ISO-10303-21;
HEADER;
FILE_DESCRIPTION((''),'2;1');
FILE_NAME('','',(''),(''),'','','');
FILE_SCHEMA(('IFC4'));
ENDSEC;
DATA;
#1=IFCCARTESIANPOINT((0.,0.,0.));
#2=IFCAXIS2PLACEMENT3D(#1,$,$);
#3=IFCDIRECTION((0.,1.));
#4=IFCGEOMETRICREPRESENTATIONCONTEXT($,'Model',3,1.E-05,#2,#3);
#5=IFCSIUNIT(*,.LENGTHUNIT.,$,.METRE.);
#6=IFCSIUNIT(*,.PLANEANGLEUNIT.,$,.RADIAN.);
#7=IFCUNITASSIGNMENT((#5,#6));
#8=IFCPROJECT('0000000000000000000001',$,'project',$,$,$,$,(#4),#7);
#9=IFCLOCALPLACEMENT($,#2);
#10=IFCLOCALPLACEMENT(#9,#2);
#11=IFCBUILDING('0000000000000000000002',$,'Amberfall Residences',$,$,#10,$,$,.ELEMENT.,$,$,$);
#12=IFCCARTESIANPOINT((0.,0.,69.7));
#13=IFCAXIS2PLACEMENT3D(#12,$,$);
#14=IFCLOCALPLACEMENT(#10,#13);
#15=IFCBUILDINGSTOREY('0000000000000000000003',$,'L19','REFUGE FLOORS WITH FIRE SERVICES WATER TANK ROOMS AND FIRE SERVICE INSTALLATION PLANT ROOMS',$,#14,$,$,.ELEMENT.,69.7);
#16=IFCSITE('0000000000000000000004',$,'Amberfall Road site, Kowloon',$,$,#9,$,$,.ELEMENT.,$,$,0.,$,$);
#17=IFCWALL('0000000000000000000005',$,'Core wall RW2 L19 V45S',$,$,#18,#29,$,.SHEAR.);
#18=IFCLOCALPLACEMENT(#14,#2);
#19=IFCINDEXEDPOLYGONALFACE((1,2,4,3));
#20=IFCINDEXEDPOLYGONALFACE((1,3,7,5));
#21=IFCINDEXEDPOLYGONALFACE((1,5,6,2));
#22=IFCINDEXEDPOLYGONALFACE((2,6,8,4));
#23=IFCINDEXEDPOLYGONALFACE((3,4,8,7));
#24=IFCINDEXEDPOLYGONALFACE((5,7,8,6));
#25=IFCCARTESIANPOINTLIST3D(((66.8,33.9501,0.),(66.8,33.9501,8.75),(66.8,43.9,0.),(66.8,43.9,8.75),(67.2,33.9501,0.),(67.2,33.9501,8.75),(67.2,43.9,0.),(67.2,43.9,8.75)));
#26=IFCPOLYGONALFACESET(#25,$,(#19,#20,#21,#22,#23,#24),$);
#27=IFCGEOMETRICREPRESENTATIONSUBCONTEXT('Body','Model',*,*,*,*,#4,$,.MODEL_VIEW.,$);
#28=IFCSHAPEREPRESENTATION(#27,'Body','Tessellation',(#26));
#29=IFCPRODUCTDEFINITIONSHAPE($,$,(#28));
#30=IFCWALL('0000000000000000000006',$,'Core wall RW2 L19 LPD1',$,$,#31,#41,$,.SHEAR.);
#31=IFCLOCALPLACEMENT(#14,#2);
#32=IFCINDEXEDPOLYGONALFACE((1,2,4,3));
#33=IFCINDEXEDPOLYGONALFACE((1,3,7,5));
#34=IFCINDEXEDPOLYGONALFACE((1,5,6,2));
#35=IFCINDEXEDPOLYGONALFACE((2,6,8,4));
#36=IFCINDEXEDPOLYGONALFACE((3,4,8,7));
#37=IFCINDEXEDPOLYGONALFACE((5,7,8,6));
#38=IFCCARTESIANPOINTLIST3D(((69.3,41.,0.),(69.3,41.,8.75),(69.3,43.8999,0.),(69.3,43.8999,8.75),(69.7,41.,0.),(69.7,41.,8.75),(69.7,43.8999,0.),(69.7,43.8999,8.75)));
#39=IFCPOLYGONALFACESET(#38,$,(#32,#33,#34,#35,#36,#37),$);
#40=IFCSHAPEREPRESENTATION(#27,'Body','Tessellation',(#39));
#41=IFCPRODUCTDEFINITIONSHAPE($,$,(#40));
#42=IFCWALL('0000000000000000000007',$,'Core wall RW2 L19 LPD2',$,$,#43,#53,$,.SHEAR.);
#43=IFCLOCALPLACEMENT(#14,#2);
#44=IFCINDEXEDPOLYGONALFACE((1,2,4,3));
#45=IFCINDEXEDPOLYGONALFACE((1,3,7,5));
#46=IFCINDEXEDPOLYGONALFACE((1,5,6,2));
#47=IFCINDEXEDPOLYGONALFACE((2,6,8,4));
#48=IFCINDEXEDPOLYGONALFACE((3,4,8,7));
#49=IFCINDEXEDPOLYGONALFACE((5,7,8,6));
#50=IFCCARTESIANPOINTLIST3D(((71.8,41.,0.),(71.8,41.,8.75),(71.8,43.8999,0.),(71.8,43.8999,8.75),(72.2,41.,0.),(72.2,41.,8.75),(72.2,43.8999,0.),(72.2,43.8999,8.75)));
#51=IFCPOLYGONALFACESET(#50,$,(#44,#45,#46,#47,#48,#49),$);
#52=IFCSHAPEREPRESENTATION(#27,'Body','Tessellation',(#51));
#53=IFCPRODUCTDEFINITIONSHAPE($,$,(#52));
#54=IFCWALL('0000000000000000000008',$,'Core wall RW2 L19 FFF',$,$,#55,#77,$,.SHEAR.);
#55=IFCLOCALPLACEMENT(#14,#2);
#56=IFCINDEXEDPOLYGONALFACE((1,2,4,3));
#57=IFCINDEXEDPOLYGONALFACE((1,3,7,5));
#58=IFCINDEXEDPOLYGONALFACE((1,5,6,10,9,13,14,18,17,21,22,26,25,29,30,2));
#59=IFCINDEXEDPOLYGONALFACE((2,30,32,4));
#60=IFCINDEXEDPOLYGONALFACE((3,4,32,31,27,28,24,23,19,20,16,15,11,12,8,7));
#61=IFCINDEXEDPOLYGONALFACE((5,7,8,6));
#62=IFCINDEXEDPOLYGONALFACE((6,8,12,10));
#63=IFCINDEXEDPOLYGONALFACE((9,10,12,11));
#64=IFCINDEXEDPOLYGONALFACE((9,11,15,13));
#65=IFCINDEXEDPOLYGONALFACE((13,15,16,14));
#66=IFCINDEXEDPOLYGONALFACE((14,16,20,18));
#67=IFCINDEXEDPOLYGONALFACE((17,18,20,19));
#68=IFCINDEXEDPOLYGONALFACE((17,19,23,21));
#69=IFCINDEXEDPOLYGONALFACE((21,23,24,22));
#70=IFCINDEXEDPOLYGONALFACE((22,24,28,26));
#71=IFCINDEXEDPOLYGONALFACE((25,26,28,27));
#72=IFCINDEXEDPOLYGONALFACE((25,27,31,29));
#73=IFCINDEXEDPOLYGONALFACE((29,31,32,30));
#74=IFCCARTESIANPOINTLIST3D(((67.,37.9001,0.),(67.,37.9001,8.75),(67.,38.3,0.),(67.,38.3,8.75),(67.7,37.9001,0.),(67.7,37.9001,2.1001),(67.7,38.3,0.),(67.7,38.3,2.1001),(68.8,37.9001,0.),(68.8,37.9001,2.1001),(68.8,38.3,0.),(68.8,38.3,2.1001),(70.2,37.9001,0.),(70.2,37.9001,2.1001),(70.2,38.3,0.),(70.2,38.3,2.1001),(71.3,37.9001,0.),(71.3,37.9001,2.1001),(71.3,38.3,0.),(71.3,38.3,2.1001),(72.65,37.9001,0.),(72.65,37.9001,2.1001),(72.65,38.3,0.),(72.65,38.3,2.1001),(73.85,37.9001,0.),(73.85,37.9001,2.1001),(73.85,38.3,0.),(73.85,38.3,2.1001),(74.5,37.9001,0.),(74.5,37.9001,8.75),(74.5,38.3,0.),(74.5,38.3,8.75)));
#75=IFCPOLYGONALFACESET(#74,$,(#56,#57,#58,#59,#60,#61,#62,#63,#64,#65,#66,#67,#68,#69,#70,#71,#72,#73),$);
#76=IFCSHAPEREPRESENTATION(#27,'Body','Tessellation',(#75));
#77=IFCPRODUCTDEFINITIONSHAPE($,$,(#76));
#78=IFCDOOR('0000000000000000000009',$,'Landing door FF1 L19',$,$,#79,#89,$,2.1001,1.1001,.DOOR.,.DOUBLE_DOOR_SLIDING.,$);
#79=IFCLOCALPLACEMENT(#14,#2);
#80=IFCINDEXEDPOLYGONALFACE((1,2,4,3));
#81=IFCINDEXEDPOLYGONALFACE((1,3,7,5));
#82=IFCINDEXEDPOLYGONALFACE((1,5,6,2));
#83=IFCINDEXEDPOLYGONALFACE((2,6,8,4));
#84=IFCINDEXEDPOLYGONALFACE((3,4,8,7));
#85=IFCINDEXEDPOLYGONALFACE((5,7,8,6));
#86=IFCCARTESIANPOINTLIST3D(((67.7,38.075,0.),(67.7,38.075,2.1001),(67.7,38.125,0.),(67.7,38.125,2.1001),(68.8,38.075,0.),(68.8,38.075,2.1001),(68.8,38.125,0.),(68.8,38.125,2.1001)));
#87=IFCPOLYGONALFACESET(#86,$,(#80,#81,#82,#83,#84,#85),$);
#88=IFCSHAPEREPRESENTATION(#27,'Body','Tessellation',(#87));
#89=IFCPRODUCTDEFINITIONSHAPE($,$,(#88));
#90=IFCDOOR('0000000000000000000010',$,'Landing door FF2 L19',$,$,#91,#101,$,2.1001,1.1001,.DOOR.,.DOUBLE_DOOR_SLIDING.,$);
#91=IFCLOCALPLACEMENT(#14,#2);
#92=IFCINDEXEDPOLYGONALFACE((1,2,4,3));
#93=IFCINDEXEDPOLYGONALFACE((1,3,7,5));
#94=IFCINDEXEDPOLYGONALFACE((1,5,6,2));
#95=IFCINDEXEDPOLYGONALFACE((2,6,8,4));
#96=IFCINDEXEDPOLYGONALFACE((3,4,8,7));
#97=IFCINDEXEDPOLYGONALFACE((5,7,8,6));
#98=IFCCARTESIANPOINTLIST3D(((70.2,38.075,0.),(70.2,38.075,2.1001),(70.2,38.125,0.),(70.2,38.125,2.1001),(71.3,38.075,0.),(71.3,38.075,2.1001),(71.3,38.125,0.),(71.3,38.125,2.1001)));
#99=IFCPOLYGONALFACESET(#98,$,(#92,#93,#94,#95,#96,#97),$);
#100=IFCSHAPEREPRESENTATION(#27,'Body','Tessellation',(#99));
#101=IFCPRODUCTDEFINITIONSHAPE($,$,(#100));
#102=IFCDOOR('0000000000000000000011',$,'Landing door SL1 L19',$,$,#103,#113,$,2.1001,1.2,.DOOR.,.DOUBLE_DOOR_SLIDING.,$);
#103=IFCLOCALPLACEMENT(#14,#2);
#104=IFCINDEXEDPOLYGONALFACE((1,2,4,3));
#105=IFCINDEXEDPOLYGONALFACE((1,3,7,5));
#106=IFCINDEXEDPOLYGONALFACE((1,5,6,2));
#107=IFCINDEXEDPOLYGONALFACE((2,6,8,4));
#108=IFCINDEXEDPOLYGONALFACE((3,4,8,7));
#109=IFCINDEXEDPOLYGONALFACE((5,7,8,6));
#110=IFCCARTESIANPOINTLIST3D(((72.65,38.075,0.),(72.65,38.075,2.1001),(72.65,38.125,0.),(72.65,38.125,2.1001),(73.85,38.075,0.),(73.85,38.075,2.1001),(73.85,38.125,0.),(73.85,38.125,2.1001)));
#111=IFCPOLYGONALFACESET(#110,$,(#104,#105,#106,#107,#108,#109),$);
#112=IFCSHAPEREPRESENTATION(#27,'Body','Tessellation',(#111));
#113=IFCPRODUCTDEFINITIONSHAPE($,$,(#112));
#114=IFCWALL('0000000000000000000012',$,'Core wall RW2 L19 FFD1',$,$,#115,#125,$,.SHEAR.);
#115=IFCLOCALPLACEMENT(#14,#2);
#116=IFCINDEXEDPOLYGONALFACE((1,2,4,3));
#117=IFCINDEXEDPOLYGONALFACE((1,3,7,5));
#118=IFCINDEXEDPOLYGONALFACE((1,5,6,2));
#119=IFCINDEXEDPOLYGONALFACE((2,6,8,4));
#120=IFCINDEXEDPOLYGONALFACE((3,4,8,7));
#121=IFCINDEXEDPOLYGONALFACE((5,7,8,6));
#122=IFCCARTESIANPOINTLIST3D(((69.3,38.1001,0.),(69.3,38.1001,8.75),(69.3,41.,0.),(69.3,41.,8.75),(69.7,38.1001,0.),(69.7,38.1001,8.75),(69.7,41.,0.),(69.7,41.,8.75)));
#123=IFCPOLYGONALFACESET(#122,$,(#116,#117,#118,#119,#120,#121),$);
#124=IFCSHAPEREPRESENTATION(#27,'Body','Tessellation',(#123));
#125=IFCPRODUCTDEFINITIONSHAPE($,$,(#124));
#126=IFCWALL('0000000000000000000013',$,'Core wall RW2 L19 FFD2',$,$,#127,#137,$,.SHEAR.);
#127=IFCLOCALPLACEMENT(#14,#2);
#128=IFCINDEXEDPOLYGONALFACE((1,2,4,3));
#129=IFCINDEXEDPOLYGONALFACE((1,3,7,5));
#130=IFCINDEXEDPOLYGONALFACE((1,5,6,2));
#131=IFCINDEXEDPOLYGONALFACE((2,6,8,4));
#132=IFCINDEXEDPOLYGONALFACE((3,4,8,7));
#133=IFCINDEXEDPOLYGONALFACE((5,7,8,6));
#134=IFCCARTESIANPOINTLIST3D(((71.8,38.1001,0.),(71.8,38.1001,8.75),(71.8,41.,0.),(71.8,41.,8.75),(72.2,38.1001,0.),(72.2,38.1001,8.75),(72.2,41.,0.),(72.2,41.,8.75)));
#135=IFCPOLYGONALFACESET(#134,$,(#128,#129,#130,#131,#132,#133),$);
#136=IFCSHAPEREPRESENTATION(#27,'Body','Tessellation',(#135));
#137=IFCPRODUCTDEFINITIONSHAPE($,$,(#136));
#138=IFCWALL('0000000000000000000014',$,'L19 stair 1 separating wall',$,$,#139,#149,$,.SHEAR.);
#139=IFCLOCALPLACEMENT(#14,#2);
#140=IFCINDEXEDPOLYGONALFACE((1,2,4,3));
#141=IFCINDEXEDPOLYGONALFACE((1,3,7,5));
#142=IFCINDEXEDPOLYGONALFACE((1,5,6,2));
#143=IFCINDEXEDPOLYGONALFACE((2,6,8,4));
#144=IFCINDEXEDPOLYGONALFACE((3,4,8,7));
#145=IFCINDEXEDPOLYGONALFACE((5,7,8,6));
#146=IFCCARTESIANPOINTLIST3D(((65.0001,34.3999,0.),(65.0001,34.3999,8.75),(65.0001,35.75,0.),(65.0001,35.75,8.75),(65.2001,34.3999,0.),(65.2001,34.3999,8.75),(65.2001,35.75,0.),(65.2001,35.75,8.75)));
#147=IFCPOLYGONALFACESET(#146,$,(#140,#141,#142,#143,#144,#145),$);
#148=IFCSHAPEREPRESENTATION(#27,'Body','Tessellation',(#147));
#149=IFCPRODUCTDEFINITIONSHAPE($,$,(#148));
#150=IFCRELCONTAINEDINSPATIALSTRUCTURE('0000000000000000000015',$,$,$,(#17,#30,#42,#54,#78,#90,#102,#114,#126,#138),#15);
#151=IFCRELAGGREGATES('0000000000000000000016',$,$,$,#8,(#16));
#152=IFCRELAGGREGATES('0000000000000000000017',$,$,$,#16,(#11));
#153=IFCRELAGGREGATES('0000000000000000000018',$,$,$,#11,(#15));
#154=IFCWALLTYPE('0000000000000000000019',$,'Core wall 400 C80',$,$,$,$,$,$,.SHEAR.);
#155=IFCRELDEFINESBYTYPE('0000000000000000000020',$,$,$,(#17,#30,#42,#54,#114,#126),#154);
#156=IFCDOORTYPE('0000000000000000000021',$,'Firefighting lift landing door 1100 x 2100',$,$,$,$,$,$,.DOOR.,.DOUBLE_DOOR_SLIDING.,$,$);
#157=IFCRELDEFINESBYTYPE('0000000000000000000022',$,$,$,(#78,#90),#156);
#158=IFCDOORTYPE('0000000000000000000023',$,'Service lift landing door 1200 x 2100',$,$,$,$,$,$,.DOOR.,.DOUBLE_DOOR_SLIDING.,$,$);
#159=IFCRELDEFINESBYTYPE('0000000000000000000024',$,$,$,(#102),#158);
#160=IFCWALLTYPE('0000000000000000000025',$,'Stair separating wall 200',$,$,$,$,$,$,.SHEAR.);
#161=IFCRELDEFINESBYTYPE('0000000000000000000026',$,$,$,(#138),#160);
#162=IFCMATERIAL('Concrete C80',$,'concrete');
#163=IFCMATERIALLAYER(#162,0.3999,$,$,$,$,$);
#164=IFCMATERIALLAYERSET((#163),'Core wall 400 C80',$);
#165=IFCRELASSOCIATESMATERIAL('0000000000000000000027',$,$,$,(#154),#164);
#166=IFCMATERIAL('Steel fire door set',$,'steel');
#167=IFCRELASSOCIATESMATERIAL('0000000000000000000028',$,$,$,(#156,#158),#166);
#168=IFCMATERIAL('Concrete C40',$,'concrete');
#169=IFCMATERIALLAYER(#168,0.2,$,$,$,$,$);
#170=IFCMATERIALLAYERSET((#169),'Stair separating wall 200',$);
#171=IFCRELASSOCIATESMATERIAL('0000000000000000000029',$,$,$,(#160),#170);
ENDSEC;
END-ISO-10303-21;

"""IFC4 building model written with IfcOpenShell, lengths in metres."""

from ifc_helpers import new_model, si_unit, direction, frame, frame_2d, origin, place, context, subcontext, project, spatial, rectangle, extrude, material, layer, layer_set, type_object, element, fill, save


model = new_model("IFC4")

# Units and contexts
model_context = context("Model", 3, precision=1e-05, world=origin(), true_north=direction((0.0, 1.0)))
body_context = subcontext(model_context, "Body", "Model", "MODEL_VIEW")
ifc_project = project(units=[si_unit("LENGTHUNIT", "METRE"), si_unit("PLANEANGLEUNIT", "RADIAN")], contexts=[model_context])

# Site, building, storey
site_placement = place(None, origin())
site = spatial("IfcSite", under=ifc_project, at=site_placement, Name="Amberfall Road site, Kowloon", CompositionType="ELEMENT", RefElevation=0.0)
building_placement = place(site_placement, origin())
building = spatial("IfcBuilding", under=site, at=building_placement, Name="Amberfall Residences", CompositionType="ELEMENT")
storey_placement = place(building_placement, frame((0.0, 0.0, 69.7)))
storey = spatial("IfcBuildingStorey", under=building, at=storey_placement, Name="L19", Description="REFUGE FLOORS WITH FIRE SERVICES WATER TANK ROOMS AND FIRE SERVICE INSTALLATION PLANT ROOMS", CompositionType="ELEMENT", Elevation=69.7)

# Walls
ifc_material_1 = material(Name="Concrete C80", Category="concrete")
ifc_layer_1 = layer(ifc_material_1, 0.3999)
ifc_layer_set_1 = layer_set([ifc_layer_1], Name="Core wall 400 C80")
wall_type_1 = type_object("IfcWallType", Name="Core wall 400 C80", PredefinedType="SHEAR", material=ifc_layer_set_1)
wall_1_placement = place(storey_placement, frame((67.0, 33.95, 0.0), z_axis=(0.0, 0.0, 1.0), x_axis=(0.0, 1.0, 0.0)))
element("IfcWall", 1, at=wall_1_placement, inside=storey, type_object=wall_type_1, Name="Core wall RW2 L19 V45S", PredefinedType="SHEAR", context=body_context, shape_type="SweptSolid", body=[
    extrude(rectangle(XDim=9.95, YDim=0.3999, at=frame_2d((4.9751, 0.0))), origin(), (0.0, 0.0, 1.0), 8.75),
])
for number, where, z_axis, x_axis, name in (
    (2, (69.5, 41.0, 0.0), (0.0, 0.0, 1.0), (0.0, 1.0, 0.0), "Core wall RW2 L19 LPD1"),
    (3, (72.0, 41.0, 0.0), (0.0, 0.0, 1.0), (0.0, 1.0, 0.0), "Core wall RW2 L19 LPD2"),
):
    element("IfcWall", number, at=place(storey_placement, frame(where, z_axis=z_axis, x_axis=x_axis)), inside=storey, type_object=wall_type_1, Name=name, PredefinedType="SHEAR", context=body_context, shape_type="SweptSolid", body=[
        extrude(rectangle(XDim=2.8999, YDim=0.3999, at=frame_2d((1.45, 0.0))), origin(), (0.0, 0.0, 1.0), 8.75),
    ])

# Wall, openings, doors
wall_2_placement = place(storey_placement, frame((67.0, 38.1001, 0.0), z_axis=(0.0, 0.0, 1.0), x_axis=(1.0, 0.0, 0.0)))
wall_2 = element("IfcWall", 4, at=wall_2_placement, inside=storey, type_object=wall_type_1, Name="Core wall RW2 L19 FFF", PredefinedType="SHEAR", context=body_context, shape_type="SweptSolid", body=[
    extrude(rectangle(XDim=7.5, YDim=0.3999, at=frame_2d((3.75, 0.0))), origin(), (0.0, 0.0, 1.0), 8.75),
])
opening_1_placement = place(wall_2_placement, frame((0.7, 0.0, 0.0)))
opening_1 = element("IfcOpeningElement", 5, at=opening_1_placement, cuts=wall_2, PredefinedType="OPENING", context=body_context, shape_type="SweptSolid", body=[
    extrude(rectangle(XDim=1.1001, YDim=2.1001, at=frame_2d((0.55, 1.05))), frame((0.0, 0.21, 0.0), z_axis=(0.0, -1.0, 0.0), x_axis=(1.0, 0.0, 0.0)), (0.0, 0.0, 1.0), 0.4199),
])
opening_2_placement = place(wall_2_placement, frame((3.2, 0.0, 0.0)))
opening_2 = element("IfcOpeningElement", 6, at=opening_2_placement, cuts=wall_2, PredefinedType="OPENING", context=body_context, shape_type="SweptSolid", body=[
    extrude(rectangle(XDim=1.1001, YDim=2.1001, at=frame_2d((0.55, 1.05))), frame((0.0, 0.21, 0.0), z_axis=(0.0, -1.0, 0.0), x_axis=(1.0, 0.0, 0.0)), (0.0, 0.0, 1.0), 0.4199),
])
opening_3_placement = place(wall_2_placement, frame((5.6499, 0.0, 0.0)))
opening_3 = element("IfcOpeningElement", 7, at=opening_3_placement, cuts=wall_2, PredefinedType="OPENING", context=body_context, shape_type="SweptSolid", body=[
    extrude(rectangle(XDim=1.2, YDim=2.1001, at=frame_2d((0.6001, 1.05))), frame((0.0, 0.21, 0.0), z_axis=(0.0, -1.0, 0.0), x_axis=(1.0, 0.0, 0.0)), (0.0, 0.0, 1.0), 0.4199),
])
ifc_material_2 = material(Name="Steel fire door set", Category="steel")
door_type_1 = type_object("IfcDoorType", Name="Firefighting lift landing door 1100 x 2100", OperationType="DOUBLE_DOOR_SLIDING", PredefinedType="DOOR", material=ifc_material_2)
door_1_placement = place(opening_1_placement, origin())
door_1 = element("IfcDoor", 8, at=door_1_placement, inside=storey, type_object=door_type_1, Name="Landing door FF1 L19", OperationType="DOUBLE_DOOR_SLIDING", OverallHeight=2.1001, OverallWidth=1.1001, PredefinedType="DOOR", context=body_context, shape_type="SweptSolid", body=[
    extrude(rectangle(XDim=1.1001, YDim=2.1001, at=frame_2d((0.55, 1.05))), frame((0.0, 0.0249, 0.0), z_axis=(0.0, -1.0, 0.0), x_axis=(1.0, 0.0, 0.0)), (0.0, 0.0, 1.0), 0.05),
])
fill(opening_1, door_1)
door_2_placement = place(opening_2_placement, origin())
door_2 = element("IfcDoor", 9, at=door_2_placement, inside=storey, type_object=door_type_1, Name="Landing door FF2 L19", OperationType="DOUBLE_DOOR_SLIDING", OverallHeight=2.1001, OverallWidth=1.1001, PredefinedType="DOOR", context=body_context, shape_type="SweptSolid", body=[
    extrude(rectangle(XDim=1.1001, YDim=2.1001, at=frame_2d((0.55, 1.05))), frame((0.0, 0.0249, 0.0), z_axis=(0.0, -1.0, 0.0), x_axis=(1.0, 0.0, 0.0)), (0.0, 0.0, 1.0), 0.05),
])
fill(opening_2, door_2)
door_type_2 = type_object("IfcDoorType", Name="Service lift landing door 1200 x 2100", OperationType="DOUBLE_DOOR_SLIDING", PredefinedType="DOOR", material=ifc_material_2)
door_3_placement = place(opening_3_placement, origin())
door_3 = element("IfcDoor", 10, at=door_3_placement, inside=storey, type_object=door_type_2, Name="Landing door SL1 L19", OperationType="DOUBLE_DOOR_SLIDING", OverallHeight=2.1001, OverallWidth=1.2, PredefinedType="DOOR", context=body_context, shape_type="SweptSolid", body=[
    extrude(rectangle(XDim=1.2, YDim=2.1001, at=frame_2d((0.6001, 1.05))), frame((0.0, 0.0249, 0.0), z_axis=(0.0, -1.0, 0.0), x_axis=(1.0, 0.0, 0.0)), (0.0, 0.0, 1.0), 0.05),
])
fill(opening_3, door_3)

# Walls
for number, where, z_axis, x_axis, name in (
    (11, (69.5, 38.1001, 0.0), (0.0, 0.0, 1.0), (0.0, 1.0, 0.0), "Core wall RW2 L19 FFD1"),
    (12, (72.0, 38.1001, 0.0), (0.0, 0.0, 1.0), (0.0, 1.0, 0.0), "Core wall RW2 L19 FFD2"),
):
    element("IfcWall", number, at=place(storey_placement, frame(where, z_axis=z_axis, x_axis=x_axis)), inside=storey, type_object=wall_type_1, Name=name, PredefinedType="SHEAR", context=body_context, shape_type="SweptSolid", body=[
        extrude(rectangle(XDim=2.8999, YDim=0.3999, at=frame_2d((1.45, 0.0))), origin(), (0.0, 0.0, 1.0), 8.75),
    ])
ifc_material_3 = material(Name="Concrete C40", Category="concrete")
ifc_layer_2 = layer(ifc_material_3, 0.2)
ifc_layer_set_2 = layer_set([ifc_layer_2], Name="Stair separating wall 200")
wall_type_2 = type_object("IfcWallType", Name="Stair separating wall 200", PredefinedType="SHEAR", material=ifc_layer_set_2)
wall_3_placement = place(storey_placement, frame((65.1001, 34.3999, 0.0), z_axis=(0.0, 0.0, 1.0), x_axis=(0.0, 1.0, 0.0)))
element("IfcWall", 13, at=wall_3_placement, inside=storey, type_object=wall_type_2, Name="L19 stair 1 separating wall", PredefinedType="SHEAR", context=body_context, shape_type="SweptSolid", body=[
    extrude(rectangle(XDim=1.3501, YDim=0.2, at=frame_2d((0.675, 0.0))), origin(), (0.0, 0.0, 1.0), 8.75),
])

save(model, "model.ifc")
